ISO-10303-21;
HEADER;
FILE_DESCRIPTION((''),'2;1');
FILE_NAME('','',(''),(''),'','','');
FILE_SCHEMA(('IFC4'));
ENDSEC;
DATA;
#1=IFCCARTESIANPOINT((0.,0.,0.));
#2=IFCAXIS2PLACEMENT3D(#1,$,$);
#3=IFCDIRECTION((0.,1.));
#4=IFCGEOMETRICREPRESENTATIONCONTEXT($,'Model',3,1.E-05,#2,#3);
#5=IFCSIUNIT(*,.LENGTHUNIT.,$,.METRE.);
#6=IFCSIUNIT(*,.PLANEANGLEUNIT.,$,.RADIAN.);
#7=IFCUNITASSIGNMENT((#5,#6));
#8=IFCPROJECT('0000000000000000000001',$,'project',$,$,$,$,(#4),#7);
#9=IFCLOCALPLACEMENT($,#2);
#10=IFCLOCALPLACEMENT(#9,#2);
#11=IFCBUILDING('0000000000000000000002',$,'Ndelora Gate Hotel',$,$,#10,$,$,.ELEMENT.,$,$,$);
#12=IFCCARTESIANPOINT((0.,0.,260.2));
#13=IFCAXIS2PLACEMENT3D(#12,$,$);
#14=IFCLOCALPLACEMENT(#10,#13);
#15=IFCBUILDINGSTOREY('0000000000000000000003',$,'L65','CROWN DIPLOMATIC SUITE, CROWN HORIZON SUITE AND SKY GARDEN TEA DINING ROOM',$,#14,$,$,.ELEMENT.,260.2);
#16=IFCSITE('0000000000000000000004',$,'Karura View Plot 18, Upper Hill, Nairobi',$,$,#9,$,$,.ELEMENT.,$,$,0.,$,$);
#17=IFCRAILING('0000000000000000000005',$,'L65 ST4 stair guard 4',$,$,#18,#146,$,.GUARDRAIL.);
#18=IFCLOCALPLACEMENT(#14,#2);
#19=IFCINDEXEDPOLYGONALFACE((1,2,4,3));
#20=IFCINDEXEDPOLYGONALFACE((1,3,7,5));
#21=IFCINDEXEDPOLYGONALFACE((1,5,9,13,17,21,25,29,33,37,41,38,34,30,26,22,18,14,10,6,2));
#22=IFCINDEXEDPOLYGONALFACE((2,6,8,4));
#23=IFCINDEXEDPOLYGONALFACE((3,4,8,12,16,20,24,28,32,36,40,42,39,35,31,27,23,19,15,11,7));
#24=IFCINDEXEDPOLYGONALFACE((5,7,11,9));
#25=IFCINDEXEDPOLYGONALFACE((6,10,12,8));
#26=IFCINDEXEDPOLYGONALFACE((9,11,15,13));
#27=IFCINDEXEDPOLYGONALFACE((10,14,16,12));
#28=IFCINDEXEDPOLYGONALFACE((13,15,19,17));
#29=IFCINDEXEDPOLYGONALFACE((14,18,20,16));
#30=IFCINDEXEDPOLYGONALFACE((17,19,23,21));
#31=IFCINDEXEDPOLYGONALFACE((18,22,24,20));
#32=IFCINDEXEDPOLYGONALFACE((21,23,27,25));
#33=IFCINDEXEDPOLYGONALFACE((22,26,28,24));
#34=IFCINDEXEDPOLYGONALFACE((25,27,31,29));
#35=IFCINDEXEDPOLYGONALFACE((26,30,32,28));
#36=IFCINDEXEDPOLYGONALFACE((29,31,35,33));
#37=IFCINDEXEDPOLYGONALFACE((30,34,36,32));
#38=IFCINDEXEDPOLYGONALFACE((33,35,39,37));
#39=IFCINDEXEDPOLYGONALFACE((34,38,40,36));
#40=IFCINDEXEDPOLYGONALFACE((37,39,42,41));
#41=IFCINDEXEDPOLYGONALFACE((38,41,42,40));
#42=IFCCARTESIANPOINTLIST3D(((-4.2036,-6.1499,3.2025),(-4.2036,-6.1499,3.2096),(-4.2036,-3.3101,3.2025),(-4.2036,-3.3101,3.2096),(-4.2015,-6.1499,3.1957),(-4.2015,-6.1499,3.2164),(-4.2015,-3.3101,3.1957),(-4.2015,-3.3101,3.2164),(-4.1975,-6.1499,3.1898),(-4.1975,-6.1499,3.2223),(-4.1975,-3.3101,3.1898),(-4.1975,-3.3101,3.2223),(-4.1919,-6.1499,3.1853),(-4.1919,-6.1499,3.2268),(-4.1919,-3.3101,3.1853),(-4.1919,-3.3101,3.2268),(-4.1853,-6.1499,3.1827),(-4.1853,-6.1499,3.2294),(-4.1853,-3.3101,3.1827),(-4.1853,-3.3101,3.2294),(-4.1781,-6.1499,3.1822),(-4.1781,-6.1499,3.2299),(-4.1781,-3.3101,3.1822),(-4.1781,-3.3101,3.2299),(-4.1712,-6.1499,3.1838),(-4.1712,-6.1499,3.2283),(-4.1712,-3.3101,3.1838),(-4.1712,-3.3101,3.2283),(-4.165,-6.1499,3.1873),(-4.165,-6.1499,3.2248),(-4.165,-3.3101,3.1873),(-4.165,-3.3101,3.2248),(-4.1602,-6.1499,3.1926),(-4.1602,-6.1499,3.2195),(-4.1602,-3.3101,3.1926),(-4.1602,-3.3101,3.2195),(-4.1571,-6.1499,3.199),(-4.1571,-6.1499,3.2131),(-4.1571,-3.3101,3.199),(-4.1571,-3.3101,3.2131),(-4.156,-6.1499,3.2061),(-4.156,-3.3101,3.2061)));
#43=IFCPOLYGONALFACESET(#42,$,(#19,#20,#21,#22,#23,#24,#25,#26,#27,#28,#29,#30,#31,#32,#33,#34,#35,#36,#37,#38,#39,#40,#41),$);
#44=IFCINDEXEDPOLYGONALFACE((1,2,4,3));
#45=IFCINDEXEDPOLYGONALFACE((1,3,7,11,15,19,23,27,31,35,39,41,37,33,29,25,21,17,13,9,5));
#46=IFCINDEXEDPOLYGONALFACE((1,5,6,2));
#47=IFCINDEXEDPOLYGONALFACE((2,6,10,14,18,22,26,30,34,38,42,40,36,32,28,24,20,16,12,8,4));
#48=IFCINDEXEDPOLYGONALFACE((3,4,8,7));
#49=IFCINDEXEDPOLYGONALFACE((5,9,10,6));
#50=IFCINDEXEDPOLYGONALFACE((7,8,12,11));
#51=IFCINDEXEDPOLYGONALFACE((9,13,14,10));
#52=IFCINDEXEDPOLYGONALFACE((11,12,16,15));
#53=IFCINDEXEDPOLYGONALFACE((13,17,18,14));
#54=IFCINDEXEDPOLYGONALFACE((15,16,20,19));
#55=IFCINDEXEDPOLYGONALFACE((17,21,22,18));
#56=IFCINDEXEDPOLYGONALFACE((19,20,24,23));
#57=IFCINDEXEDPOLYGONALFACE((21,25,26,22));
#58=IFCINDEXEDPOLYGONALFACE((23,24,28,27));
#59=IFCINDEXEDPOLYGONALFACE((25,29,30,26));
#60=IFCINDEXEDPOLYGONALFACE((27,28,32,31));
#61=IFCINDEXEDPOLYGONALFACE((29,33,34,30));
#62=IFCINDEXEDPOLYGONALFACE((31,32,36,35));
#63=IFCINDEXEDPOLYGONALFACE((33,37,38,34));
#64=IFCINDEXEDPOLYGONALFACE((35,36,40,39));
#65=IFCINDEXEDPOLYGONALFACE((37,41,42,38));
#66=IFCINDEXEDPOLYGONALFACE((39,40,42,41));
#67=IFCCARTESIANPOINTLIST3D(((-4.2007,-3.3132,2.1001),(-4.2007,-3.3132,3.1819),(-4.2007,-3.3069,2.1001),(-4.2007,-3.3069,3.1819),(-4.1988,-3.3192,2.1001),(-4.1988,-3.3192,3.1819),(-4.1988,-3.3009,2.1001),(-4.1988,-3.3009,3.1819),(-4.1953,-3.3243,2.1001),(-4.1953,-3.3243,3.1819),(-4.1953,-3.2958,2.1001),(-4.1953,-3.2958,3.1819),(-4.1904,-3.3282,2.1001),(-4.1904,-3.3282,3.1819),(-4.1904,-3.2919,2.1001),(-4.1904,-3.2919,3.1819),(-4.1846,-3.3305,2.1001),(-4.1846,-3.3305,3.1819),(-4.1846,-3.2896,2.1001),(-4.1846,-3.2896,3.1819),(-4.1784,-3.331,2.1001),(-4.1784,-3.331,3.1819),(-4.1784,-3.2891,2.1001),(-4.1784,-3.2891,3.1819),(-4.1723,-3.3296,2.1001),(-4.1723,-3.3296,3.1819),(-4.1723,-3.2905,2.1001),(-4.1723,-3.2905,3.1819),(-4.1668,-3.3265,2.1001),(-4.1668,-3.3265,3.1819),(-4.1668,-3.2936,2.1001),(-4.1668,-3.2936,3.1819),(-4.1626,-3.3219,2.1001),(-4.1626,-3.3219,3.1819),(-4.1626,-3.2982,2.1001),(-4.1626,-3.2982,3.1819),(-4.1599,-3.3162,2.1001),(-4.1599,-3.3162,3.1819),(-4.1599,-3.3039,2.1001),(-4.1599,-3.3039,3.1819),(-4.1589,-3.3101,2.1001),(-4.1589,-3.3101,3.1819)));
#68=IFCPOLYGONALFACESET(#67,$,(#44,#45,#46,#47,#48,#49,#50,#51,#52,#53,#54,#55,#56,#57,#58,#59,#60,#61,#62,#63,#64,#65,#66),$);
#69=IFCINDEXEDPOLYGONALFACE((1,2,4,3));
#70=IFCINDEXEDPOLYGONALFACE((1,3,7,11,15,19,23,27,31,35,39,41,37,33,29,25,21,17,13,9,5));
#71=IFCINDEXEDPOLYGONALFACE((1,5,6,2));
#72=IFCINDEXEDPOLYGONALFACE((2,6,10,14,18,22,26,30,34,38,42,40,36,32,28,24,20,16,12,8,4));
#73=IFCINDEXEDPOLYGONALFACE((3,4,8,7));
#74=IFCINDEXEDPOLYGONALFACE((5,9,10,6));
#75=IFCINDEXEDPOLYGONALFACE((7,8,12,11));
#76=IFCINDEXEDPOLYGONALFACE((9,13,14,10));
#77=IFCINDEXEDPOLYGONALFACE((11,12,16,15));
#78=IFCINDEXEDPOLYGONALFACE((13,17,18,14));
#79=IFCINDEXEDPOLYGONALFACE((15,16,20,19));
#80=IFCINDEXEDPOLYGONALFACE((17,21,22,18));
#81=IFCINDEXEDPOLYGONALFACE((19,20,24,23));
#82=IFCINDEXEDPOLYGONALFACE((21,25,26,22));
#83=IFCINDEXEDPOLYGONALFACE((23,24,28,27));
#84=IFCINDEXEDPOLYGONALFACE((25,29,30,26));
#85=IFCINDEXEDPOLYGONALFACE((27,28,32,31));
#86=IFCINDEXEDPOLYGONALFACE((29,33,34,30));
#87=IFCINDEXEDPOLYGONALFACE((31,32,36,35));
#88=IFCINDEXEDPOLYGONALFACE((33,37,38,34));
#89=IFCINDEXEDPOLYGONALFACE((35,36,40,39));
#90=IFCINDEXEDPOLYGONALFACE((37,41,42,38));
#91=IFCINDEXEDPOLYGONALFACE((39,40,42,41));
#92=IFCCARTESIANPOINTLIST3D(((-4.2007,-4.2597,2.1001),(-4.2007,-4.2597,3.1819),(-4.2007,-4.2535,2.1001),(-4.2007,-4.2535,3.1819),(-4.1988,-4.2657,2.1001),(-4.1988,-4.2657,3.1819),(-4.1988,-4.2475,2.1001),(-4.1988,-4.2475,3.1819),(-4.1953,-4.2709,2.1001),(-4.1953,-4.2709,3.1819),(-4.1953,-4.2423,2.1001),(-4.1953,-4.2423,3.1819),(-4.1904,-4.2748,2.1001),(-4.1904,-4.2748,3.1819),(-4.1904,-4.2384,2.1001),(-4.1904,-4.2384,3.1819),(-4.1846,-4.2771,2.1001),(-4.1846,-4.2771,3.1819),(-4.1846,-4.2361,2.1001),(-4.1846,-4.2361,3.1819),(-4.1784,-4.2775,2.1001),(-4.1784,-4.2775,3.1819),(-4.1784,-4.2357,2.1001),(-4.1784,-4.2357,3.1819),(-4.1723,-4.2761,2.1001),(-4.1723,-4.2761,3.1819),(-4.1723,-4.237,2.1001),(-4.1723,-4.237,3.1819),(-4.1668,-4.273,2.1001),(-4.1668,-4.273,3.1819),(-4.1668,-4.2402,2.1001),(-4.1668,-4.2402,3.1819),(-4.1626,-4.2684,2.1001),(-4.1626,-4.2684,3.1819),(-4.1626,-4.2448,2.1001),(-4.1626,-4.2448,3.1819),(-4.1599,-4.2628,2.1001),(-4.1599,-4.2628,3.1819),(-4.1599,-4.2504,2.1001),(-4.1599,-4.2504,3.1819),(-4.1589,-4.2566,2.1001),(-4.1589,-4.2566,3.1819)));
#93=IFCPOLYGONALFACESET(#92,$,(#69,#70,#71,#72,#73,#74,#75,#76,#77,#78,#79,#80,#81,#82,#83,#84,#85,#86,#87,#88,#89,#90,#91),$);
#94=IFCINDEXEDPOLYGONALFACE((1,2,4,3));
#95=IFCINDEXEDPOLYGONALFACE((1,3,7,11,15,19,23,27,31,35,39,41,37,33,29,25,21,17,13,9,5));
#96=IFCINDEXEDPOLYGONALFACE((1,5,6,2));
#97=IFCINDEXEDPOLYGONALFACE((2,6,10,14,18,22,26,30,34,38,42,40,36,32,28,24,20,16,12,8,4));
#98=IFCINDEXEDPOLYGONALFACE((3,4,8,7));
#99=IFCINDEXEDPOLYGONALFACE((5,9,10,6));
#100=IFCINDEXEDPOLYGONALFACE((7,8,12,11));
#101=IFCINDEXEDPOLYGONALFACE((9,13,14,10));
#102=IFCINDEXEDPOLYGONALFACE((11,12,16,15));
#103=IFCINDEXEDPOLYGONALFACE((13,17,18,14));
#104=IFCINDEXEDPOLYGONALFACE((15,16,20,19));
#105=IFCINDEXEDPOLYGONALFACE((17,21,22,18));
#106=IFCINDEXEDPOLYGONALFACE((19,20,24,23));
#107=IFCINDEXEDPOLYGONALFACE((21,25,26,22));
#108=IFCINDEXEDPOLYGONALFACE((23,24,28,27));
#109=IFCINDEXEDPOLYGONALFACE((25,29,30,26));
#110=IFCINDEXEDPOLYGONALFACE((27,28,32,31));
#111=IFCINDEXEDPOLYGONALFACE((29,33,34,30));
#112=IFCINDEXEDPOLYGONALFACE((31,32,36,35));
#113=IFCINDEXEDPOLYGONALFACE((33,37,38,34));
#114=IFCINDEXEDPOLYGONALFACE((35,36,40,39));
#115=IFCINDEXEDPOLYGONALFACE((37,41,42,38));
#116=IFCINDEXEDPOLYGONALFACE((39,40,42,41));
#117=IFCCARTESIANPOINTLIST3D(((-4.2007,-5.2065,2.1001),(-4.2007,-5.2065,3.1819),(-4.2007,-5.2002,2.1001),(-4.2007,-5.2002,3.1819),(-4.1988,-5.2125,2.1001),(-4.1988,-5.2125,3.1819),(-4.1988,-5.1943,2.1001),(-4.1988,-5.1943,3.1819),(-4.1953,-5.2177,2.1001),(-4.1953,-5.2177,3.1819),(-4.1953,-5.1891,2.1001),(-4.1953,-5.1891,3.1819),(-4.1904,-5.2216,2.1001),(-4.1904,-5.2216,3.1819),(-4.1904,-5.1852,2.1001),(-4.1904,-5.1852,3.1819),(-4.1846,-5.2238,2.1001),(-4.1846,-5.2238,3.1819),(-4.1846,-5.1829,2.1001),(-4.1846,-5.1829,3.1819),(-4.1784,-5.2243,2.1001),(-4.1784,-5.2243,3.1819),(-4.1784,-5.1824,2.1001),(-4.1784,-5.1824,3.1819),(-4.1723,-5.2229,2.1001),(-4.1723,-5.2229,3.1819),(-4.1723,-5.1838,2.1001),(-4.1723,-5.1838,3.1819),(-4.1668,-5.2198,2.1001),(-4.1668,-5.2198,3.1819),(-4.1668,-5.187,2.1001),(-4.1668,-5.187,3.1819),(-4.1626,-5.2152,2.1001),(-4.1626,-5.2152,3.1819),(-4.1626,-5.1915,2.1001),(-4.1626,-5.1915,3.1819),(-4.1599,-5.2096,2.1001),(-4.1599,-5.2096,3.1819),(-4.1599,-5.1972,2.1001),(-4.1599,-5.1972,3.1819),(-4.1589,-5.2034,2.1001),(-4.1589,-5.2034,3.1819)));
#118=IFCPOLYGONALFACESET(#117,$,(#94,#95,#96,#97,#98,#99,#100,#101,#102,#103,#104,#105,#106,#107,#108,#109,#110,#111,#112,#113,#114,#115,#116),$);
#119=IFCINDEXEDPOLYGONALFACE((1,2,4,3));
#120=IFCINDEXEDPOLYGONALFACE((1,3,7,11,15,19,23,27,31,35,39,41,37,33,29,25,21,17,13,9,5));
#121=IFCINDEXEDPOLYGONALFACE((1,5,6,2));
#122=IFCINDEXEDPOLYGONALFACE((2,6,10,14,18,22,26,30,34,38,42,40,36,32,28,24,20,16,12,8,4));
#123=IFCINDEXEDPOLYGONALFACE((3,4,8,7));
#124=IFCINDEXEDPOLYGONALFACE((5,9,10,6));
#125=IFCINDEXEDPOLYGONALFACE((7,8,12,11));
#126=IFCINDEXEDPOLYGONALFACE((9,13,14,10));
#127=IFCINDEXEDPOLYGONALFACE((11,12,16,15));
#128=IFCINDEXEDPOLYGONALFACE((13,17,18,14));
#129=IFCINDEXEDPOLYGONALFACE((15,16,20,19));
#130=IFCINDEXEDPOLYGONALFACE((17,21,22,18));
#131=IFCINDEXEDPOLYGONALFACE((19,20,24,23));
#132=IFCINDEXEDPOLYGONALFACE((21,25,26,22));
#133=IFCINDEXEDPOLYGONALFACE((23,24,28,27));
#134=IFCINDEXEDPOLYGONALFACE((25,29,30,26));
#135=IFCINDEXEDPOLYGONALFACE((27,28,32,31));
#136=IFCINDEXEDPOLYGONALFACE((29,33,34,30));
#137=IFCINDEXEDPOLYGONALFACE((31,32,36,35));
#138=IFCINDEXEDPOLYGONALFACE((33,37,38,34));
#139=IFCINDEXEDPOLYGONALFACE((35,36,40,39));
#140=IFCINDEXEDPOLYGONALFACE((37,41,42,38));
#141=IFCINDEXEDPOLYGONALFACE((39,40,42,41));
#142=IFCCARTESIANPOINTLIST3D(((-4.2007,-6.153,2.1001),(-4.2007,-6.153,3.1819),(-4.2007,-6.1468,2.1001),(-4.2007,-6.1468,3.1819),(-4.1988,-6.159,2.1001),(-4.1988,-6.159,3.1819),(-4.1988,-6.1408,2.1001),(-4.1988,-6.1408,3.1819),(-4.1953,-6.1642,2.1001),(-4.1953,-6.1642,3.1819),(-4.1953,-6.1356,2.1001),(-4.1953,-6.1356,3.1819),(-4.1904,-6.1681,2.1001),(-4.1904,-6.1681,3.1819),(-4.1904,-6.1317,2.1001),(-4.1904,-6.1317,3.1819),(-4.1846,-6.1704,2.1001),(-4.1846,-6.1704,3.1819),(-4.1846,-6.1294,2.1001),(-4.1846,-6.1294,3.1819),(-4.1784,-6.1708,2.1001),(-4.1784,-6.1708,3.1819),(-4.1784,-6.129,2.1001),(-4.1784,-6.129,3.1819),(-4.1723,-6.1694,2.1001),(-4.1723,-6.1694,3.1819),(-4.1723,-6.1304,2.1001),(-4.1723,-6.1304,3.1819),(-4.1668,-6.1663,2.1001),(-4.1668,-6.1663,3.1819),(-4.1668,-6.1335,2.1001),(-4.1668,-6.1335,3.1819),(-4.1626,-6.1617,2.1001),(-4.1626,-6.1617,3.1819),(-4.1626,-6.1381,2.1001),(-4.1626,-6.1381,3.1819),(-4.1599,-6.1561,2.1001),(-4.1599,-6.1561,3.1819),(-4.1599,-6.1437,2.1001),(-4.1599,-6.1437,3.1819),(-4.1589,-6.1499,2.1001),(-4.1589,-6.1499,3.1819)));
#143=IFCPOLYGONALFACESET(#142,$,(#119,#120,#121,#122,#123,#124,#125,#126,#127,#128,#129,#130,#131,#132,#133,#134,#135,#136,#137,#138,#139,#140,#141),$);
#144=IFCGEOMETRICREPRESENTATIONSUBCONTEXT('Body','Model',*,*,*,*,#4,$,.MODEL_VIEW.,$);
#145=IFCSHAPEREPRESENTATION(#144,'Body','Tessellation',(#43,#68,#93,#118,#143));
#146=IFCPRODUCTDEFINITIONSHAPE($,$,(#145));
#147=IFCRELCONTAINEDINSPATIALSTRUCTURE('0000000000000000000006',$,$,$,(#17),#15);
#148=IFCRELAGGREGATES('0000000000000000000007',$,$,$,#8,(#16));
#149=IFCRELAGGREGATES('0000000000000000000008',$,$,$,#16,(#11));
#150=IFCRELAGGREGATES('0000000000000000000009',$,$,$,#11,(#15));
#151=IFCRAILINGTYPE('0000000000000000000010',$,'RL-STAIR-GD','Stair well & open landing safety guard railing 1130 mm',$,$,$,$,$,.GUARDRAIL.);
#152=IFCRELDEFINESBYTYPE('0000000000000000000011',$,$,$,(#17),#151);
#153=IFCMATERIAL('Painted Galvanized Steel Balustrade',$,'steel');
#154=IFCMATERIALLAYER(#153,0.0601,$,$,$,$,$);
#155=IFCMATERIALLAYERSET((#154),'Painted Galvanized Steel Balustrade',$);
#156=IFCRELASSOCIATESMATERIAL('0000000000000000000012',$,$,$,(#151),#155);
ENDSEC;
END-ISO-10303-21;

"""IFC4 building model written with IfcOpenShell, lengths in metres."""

from ifc_helpers import new_model, si_unit, direction, frame, origin, origin_2d, place, context, subcontext, project, spatial, circle, extrude, material, layer, layer_set, type_object, element, save


model = new_model("IFC4")

# Units and contexts
model_context = context("Model", 3, precision=1e-05, world=origin(), true_north=direction((0.0, 1.0)))
body_context = subcontext(model_context, "Body", "Model", "MODEL_VIEW")
ifc_project = project(units=[si_unit("LENGTHUNIT", "METRE"), si_unit("PLANEANGLEUNIT", "RADIAN")], contexts=[model_context])

# Site, building, storey
site_placement = place(None, origin())
site = spatial("IfcSite", under=ifc_project, at=site_placement, Name="Karura View Plot 18, Upper Hill, Nairobi", CompositionType="ELEMENT", RefElevation=0.0)
building_placement = place(site_placement, origin())
building = spatial("IfcBuilding", under=site, at=building_placement, Name="Ndelora Gate Hotel", CompositionType="ELEMENT")
storey_placement = place(building_placement, frame((0.0, 0.0, 260.2)))
storey = spatial("IfcBuildingStorey", under=building, at=storey_placement, Name="L65", Description="CROWN DIPLOMATIC SUITE, CROWN HORIZON SUITE AND SKY GARDEN TEA DINING ROOM", CompositionType="ELEMENT", Elevation=260.2)

# Railing
ifc_material_1 = material(Name="Painted Galvanized Steel Balustrade", Category="steel")
ifc_layer_1 = layer(ifc_material_1, 0.0601)
ifc_layer_set_1 = layer_set([ifc_layer_1], Name="Painted Galvanized Steel Balustrade")
railing_type_1 = type_object("IfcRailingType", Name="RL-STAIR-GD", Description="Stair well & open landing safety guard railing 1130 mm", PredefinedType="GUARDRAIL", material=ifc_layer_set_1)
for number, where, name in (
    (1, (-4.1799, -3.3101, 2.1001), "L65 ST4 stair guard 4"),
):
    element("IfcRailing", number, at=place(storey_placement, frame(where)), inside=storey, type_object=railing_type_1, Name=name, PredefinedType="GUARDRAIL", context=body_context, shape_type="SweptSolid", body=[
        extrude(circle(Radius=0.0239, at=origin_2d()), frame((0.0, 0.0, 1.106), z_axis=(0.0, -1.0, 0.0), x_axis=(1.0, 0.0, 0.0)), (0.0, 0.0, 1.0), 2.8398),
        extrude(circle(Radius=0.021, at=origin_2d()), origin(), (0.0, 0.0, 1.0), 1.0818),
        extrude(circle(Radius=0.021, at=origin_2d()), frame((0.0, -0.9465, 0.0)), (0.0, 0.0, 1.0), 1.0818),
        extrude(circle(Radius=0.021, at=origin_2d()), frame((0.0, -1.8933, 0.0)), (0.0, 0.0, 1.0), 1.0818),
        extrude(circle(Radius=0.021, at=origin_2d()), frame((0.0, -2.8398, 0.0)), (0.0, 0.0, 1.0), 1.0818),
    ])

save(model, "model.ifc")
